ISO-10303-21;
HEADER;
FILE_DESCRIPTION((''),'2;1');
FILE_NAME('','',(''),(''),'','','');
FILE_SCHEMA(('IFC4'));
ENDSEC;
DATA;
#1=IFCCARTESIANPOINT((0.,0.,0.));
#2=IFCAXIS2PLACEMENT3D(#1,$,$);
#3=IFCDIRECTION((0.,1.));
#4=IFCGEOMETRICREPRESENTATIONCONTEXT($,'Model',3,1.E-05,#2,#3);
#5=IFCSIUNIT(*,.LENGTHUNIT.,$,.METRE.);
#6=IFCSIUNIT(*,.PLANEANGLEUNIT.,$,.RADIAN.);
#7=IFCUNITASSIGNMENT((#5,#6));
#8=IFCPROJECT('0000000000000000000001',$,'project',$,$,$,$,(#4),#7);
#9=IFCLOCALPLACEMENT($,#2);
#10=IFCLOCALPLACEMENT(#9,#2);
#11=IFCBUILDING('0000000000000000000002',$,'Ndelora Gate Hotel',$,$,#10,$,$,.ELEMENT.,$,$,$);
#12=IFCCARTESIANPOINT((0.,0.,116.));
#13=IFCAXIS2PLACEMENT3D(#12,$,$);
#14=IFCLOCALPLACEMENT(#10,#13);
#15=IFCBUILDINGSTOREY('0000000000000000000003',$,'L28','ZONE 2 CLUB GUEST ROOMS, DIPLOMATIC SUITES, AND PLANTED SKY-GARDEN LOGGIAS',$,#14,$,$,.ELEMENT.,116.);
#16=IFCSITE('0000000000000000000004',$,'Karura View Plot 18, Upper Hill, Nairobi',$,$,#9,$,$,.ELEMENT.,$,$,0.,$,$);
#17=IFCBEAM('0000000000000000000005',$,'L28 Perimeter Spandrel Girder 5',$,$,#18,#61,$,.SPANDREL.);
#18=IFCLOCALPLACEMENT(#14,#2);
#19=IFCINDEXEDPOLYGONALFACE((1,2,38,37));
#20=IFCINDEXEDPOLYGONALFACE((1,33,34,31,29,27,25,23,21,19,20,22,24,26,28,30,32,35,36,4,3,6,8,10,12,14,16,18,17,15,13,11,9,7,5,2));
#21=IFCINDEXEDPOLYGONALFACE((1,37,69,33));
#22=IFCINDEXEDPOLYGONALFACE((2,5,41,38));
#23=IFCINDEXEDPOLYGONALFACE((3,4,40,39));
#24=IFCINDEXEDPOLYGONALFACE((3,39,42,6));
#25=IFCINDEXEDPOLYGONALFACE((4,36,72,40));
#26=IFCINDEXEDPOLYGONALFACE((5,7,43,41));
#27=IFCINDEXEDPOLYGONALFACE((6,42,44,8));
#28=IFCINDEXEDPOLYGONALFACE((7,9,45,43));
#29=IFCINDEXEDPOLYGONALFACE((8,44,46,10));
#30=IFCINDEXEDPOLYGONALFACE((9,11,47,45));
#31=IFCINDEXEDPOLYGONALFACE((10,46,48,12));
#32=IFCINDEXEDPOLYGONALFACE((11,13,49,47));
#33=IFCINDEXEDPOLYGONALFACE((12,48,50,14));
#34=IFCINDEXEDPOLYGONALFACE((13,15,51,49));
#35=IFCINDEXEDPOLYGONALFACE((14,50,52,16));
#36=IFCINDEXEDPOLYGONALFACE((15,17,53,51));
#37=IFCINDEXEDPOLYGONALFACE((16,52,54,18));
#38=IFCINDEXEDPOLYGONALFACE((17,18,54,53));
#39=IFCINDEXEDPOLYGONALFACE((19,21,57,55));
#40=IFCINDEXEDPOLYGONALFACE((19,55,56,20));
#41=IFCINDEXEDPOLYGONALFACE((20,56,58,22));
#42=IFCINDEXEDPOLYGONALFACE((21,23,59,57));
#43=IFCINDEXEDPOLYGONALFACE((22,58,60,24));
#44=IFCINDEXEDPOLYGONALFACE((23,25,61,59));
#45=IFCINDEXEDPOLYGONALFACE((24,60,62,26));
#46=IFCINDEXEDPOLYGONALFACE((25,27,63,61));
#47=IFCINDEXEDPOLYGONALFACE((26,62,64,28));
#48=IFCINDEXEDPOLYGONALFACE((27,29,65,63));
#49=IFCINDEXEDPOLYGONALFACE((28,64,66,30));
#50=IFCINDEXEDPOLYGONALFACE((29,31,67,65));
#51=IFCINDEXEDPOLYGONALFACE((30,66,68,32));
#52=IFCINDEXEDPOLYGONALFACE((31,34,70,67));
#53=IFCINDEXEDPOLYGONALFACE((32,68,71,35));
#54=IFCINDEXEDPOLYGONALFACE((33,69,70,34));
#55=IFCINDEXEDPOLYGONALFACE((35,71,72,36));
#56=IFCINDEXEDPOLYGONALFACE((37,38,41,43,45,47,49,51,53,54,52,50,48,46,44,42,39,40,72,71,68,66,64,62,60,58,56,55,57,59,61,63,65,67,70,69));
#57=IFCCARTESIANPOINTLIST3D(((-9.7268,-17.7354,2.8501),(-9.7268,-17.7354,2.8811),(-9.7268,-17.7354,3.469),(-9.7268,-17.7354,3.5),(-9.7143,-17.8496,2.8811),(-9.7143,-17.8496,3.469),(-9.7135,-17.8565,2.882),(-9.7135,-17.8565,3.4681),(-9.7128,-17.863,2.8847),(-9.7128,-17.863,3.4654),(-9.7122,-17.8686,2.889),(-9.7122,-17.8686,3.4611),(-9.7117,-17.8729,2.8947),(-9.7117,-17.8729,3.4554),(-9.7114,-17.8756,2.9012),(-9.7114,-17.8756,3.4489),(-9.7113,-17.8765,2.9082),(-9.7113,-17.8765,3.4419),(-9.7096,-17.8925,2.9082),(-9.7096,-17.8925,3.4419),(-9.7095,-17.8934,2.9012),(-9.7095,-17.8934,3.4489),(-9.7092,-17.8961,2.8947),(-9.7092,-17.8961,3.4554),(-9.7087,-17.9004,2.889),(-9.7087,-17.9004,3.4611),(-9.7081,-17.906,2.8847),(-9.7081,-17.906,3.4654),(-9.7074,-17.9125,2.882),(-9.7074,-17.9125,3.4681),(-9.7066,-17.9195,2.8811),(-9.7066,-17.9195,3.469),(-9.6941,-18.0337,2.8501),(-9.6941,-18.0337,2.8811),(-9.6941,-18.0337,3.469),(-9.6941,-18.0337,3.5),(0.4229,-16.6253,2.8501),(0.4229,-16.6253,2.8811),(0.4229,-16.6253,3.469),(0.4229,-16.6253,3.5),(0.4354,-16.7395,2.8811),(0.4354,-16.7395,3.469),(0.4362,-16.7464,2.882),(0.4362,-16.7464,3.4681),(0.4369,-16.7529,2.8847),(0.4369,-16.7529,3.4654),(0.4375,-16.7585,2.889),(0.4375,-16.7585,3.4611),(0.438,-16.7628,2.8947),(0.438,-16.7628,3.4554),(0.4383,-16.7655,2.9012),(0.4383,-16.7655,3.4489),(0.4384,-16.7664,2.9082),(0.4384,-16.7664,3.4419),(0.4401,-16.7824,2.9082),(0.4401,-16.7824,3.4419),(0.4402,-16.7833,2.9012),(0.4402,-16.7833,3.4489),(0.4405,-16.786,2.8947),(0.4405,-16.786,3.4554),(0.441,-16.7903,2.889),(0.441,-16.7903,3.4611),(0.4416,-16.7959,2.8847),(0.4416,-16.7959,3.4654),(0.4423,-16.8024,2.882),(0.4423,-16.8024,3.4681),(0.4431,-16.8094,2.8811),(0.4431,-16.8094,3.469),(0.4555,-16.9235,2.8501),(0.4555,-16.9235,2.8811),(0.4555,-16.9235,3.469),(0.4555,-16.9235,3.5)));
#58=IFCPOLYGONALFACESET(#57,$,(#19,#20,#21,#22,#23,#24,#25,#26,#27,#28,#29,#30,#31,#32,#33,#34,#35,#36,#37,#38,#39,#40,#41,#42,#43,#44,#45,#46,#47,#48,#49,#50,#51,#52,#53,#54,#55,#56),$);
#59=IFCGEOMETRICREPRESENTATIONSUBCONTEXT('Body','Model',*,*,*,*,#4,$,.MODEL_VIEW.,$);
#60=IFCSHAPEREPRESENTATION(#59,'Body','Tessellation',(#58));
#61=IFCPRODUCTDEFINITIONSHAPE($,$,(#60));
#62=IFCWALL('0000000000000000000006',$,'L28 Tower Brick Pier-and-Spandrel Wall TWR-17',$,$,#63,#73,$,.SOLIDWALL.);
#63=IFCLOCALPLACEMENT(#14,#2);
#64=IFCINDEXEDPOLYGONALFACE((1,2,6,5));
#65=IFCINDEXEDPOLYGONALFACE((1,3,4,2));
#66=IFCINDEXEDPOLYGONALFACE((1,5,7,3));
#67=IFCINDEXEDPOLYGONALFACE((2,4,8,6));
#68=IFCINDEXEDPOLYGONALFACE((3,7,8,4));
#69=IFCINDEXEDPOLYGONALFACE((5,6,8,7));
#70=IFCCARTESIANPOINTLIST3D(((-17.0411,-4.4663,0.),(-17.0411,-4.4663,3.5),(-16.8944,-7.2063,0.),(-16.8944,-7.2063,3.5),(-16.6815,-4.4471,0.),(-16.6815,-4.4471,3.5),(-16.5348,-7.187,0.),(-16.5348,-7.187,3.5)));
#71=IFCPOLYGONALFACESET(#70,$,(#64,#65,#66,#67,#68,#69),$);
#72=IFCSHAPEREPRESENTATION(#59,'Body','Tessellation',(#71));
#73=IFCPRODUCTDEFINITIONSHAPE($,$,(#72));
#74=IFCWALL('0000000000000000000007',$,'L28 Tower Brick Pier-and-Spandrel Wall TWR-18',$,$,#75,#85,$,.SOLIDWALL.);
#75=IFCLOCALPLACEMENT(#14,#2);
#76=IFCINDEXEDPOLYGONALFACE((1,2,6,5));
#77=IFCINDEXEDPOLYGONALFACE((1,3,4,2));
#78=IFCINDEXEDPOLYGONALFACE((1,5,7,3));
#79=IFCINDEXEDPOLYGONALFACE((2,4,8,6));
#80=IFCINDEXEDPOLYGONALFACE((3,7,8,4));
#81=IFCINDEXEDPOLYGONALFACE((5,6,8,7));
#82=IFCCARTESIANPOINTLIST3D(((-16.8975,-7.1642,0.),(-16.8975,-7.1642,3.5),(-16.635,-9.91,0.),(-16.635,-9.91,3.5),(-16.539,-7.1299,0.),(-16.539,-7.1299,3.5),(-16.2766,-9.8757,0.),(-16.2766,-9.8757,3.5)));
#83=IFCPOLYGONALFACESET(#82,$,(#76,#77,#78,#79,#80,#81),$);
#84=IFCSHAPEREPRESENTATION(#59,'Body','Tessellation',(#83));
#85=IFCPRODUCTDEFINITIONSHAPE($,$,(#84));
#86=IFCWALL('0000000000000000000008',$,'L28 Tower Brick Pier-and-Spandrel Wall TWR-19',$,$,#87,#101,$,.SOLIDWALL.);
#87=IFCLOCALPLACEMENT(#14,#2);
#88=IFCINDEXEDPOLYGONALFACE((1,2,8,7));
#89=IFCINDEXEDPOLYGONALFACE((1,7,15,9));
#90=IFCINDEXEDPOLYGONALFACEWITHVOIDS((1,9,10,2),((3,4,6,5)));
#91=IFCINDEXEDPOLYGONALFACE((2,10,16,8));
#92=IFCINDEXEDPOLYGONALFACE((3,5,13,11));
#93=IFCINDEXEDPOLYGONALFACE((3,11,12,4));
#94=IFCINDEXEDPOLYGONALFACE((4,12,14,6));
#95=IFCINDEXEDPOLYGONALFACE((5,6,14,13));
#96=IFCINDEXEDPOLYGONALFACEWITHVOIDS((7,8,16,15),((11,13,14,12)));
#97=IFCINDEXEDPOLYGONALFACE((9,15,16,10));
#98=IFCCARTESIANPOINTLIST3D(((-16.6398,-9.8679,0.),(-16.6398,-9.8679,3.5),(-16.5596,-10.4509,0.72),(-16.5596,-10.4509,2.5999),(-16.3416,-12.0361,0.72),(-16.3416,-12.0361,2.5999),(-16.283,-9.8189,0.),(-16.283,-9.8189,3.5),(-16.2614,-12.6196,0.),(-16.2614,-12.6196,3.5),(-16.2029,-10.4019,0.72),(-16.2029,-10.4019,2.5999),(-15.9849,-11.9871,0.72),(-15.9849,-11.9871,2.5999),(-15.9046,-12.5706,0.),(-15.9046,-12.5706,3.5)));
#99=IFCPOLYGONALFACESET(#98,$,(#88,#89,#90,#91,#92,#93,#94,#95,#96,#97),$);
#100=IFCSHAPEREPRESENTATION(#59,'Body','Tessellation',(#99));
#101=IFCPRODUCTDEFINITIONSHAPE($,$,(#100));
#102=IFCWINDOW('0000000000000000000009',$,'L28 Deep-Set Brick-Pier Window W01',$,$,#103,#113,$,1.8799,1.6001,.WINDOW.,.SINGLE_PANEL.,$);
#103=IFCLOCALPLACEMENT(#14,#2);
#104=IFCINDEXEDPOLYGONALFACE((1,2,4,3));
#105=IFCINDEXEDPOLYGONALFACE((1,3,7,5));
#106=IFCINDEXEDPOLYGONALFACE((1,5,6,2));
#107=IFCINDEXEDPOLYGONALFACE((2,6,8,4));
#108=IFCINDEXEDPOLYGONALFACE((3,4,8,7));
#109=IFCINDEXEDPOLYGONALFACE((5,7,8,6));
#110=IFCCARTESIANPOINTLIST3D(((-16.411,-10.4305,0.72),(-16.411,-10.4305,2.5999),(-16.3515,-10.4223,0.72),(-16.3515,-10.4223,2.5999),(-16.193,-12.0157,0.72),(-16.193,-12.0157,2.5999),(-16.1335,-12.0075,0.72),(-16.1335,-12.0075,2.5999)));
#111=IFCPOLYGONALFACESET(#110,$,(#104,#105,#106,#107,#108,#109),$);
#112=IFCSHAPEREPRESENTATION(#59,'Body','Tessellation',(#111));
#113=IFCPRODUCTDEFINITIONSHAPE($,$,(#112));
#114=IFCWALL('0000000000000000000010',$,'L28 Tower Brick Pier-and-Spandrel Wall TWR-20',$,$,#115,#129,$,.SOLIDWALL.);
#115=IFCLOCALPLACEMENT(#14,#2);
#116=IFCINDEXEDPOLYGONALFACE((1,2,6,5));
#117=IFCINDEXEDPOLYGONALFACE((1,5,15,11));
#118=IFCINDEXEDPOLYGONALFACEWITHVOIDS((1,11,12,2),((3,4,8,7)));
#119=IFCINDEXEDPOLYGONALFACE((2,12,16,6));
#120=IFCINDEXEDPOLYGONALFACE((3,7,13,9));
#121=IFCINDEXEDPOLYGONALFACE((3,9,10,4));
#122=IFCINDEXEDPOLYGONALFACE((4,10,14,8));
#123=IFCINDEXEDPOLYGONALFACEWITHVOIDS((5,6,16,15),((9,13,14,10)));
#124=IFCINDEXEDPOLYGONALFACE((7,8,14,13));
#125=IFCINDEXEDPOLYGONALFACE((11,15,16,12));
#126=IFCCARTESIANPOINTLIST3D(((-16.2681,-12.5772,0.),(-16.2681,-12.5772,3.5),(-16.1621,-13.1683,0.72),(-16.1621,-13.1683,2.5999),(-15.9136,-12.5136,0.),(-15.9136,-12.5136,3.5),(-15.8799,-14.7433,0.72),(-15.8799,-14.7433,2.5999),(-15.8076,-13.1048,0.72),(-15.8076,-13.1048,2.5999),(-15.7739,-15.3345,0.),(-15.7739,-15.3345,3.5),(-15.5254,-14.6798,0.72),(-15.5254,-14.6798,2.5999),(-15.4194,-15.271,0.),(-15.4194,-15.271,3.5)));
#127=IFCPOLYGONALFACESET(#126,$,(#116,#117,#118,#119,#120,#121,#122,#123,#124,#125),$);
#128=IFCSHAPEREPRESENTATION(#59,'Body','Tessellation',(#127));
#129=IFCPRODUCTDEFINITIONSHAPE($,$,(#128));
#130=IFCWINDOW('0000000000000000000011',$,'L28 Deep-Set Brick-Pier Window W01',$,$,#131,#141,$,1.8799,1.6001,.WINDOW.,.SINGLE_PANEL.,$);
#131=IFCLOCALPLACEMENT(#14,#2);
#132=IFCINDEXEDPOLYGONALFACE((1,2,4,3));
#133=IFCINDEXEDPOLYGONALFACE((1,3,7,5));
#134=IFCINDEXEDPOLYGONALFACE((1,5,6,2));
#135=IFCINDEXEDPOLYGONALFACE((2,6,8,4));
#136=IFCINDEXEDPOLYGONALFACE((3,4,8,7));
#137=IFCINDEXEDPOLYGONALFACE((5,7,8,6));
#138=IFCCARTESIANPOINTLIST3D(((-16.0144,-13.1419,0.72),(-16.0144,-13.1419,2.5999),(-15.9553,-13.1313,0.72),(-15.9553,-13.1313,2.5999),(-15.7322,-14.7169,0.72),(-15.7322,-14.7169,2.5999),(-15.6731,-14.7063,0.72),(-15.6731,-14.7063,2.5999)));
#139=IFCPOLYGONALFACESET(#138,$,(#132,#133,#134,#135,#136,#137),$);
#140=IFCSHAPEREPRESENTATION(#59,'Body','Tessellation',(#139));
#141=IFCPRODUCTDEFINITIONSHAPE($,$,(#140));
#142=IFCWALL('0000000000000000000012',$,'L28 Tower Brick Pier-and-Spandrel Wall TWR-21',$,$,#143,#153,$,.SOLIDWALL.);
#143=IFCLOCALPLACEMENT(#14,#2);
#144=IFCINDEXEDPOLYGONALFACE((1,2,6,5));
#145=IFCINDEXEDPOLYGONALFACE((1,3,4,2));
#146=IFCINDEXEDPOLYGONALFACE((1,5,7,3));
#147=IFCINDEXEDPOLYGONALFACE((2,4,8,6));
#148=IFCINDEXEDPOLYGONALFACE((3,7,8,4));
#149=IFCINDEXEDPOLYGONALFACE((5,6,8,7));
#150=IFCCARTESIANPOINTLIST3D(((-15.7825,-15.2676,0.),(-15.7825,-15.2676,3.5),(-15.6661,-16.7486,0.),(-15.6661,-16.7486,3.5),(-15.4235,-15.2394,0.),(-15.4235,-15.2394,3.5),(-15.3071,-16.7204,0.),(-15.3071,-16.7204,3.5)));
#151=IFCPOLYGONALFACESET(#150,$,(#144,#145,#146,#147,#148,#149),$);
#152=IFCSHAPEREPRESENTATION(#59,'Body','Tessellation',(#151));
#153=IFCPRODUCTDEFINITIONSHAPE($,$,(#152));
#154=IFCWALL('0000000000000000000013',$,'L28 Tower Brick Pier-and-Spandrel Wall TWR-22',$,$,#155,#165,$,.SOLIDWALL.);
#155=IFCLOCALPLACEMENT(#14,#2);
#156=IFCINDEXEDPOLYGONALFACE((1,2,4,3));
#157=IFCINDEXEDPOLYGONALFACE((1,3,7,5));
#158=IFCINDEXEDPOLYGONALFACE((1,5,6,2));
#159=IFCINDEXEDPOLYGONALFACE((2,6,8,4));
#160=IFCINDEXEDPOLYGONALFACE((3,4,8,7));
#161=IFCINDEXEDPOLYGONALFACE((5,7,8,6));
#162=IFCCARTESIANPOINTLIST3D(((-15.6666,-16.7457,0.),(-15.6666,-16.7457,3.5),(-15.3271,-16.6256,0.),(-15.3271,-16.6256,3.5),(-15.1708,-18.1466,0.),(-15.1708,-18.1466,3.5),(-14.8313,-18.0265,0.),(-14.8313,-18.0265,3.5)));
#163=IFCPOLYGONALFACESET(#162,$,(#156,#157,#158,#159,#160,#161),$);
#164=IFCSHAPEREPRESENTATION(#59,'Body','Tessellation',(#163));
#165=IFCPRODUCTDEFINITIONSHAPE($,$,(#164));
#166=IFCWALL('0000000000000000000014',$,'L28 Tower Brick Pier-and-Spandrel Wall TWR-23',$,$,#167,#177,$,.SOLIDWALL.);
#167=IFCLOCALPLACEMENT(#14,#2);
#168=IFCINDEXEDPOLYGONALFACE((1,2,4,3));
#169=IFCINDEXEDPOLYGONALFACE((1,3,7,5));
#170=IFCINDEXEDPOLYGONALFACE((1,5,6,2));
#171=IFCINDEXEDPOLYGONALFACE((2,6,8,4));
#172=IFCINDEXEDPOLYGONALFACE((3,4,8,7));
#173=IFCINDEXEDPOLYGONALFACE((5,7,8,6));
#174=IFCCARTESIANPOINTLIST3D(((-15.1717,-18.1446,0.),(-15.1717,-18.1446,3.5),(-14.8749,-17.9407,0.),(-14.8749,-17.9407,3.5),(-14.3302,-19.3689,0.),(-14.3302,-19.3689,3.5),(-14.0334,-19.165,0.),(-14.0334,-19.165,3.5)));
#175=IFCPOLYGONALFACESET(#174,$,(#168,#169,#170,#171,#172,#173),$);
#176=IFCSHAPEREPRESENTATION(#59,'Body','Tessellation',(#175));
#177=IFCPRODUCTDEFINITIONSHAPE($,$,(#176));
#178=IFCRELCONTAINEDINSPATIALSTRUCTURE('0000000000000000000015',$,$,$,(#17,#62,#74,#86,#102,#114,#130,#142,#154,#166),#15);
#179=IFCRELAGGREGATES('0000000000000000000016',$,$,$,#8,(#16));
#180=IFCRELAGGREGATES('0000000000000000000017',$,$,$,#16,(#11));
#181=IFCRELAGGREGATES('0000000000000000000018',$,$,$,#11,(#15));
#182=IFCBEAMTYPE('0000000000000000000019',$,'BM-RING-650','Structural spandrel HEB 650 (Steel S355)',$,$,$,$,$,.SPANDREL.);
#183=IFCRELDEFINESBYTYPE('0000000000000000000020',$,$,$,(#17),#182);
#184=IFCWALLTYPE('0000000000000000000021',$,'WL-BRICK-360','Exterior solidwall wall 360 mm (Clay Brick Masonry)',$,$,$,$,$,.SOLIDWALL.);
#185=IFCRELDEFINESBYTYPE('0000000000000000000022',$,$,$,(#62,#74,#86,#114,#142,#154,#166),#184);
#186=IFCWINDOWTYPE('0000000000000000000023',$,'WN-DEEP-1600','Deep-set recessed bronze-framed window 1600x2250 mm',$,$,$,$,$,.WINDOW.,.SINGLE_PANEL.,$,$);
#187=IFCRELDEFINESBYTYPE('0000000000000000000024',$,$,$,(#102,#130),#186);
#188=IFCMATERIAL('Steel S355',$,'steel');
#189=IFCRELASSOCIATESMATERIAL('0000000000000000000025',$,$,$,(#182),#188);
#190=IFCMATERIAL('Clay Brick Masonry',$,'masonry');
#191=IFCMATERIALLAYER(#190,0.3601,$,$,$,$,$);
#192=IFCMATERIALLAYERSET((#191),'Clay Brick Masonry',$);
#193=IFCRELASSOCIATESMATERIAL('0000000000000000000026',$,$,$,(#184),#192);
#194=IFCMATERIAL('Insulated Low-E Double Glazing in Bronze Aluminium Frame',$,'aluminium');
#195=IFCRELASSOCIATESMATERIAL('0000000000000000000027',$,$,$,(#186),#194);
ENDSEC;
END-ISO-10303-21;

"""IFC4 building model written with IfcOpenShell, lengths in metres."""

from ifc_helpers import new_model, si_unit, direction, frame, frame_2d, origin, origin_2d, place, context, subcontext, project, spatial, rectangle, i_section, extrude, material, layer, layer_set, material_profile, profile_set, type_object, element, fill, save


model = new_model("IFC4")

# Units and contexts
model_context = context("Model", 3, precision=1e-05, world=origin(), true_north=direction((0.0, 1.0)))
body_context = subcontext(model_context, "Body", "Model", "MODEL_VIEW")
ifc_project = project(units=[si_unit("LENGTHUNIT", "METRE"), si_unit("PLANEANGLEUNIT", "RADIAN")], contexts=[model_context])

# Site, building, storey
site_placement = place(None, origin())
site = spatial("IfcSite", under=ifc_project, at=site_placement, Name="Karura View Plot 18, Upper Hill, Nairobi", CompositionType="ELEMENT", RefElevation=0.0)
building_placement = place(site_placement, origin())
building = spatial("IfcBuilding", under=site, at=building_placement, Name="Ndelora Gate Hotel", CompositionType="ELEMENT")
storey_placement = place(building_placement, frame((0.0, 0.0, 116.0)))
storey = spatial("IfcBuildingStorey", under=building, at=storey_placement, Name="L28", Description="ZONE 2 CLUB GUEST ROOMS, DIPLOMATIC SUITES, AND PLANTED SKY-GARDEN LOGGIAS", CompositionType="ELEMENT", Elevation=116.0)

# Beam
ifc_material_1 = material(Name="Steel S355", Category="steel")
ifc_material_profile_1 = material_profile(ifc_material_1, i_section(OverallWidth=0.3, OverallDepth=0.6499, WebThickness=0.0161, FlangeThickness=0.031, FilletRadius=0.0271, at=origin_2d()), Name="HEB 650")
ifc_profile_set_1 = profile_set([ifc_material_profile_1], Name="Steel S355")
beam_type_1 = type_object("IfcBeamType", Name="BM-RING-650", Description="Structural spandrel HEB 650 (Steel S355)", PredefinedType="SPANDREL", material=ifc_profile_set_1)
for number, where, z_axis, x_axis, name in (
    (1, (-9.7104, -17.8845, 3.175), (0.994072, 0.108725, 0.0), (-0.108725, 0.994072, 0.0), "L28 Perimeter Spandrel Girder 5"),
):
    element("IfcBeam", number, at=place(storey_placement, frame(where, z_axis=z_axis, x_axis=x_axis)), inside=storey, type_object=beam_type_1, Name=name, PredefinedType="SPANDREL", context=body_context, shape_type="SweptSolid", body=[
        extrude(i_section(OverallWidth=0.3, OverallDepth=0.6499, WebThickness=0.0161, FlangeThickness=0.031, FilletRadius=0.0271, at=origin_2d()), origin(), (0.0, 0.0, 1.0), 10.2102),
    ])

# Walls
ifc_material_2 = material(Name="Clay Brick Masonry", Category="masonry")
ifc_layer_1 = layer(ifc_material_2, 0.3601)
ifc_layer_set_1 = layer_set([ifc_layer_1], Name="Clay Brick Masonry")
wall_type = type_object("IfcWallType", Name="WL-BRICK-360", Description="Exterior solidwall wall 360 mm (Clay Brick Masonry)", PredefinedType="SOLIDWALL", material=ifc_layer_set_1)
wall_1_placement = place(storey_placement, frame((-16.7146, -7.1968, 0.0), z_axis=(0.0, 0.0, 1.0), x_axis=(-0.053474, 0.998569, 0.0)))
element("IfcWall", 2, at=wall_1_placement, inside=storey, type_object=wall_type, Name="L28 Tower Brick Pier-and-Spandrel Wall TWR-17", PredefinedType="SOLIDWALL", context=body_context, shape_type="SweptSolid", body=[
    extrude(rectangle(XDim=2.7439, YDim=0.3601, at=frame_2d((1.3721, 0.0))), origin(), (0.0, 0.0, 1.0), 3.5),
])
wall_2_placement = place(storey_placement, frame((-16.4558, -9.8928, 0.0), z_axis=(0.0, 0.0, 1.0), x_axis=(-0.095147, 0.995463, 0.0)))
element("IfcWall", 3, at=wall_2_placement, inside=storey, type_object=wall_type, Name="L28 Tower Brick Pier-and-Spandrel Wall TWR-18", PredefinedType="SOLIDWALL", context=body_context, shape_type="SweptSolid", body=[
    extrude(rectangle(XDim=2.7583, YDim=0.3601, at=frame_2d((1.3792, 0.0))), origin(), (0.0, 0.0, 1.0), 3.5),
])

# Walls, openings, windows
wall_3_placement = place(storey_placement, frame((-16.083, -12.595, 0.0), z_axis=(0.0, 0.0, 1.0), x_axis=(-0.136239, 0.990676, 0.0)))
wall_3 = element("IfcWall", 4, at=wall_3_placement, inside=storey, type_object=wall_type, Name="L28 Tower Brick Pier-and-Spandrel Wall TWR-19", PredefinedType="SOLIDWALL", context=body_context, shape_type="SweptSolid", body=[
    extrude(rectangle(XDim=2.7776, YDim=0.3601, at=frame_2d((1.3887, 0.0))), origin(), (0.0, 0.0, 1.0), 3.5),
])
opening_1_placement = place(wall_3_placement, frame((0.5889, 0.0, 0.72)))
opening_1 = element("IfcOpeningElement", 5, at=opening_1_placement, cuts=wall_3, PredefinedType="OPENING", context=body_context, shape_type="SweptSolid", body=[
    extrude(rectangle(XDim=1.6001, YDim=1.8799, at=frame_2d((0.8, 0.9399))), frame((0.0, 0.1899, 0.0), z_axis=(0.0, -1.0, 0.0), x_axis=(1.0, 0.0, 0.0)), (0.0, 0.0, 1.0), 0.3801),
])
ifc_material_3 = material(Name="Insulated Low-E Double Glazing in Bronze Aluminium Frame", Category="aluminium")
window_type = type_object("IfcWindowType", Name="WN-DEEP-1600", Description="Deep-set recessed bronze-framed window 1600x2250 mm", PartitioningType="SINGLE_PANEL", PredefinedType="WINDOW", material=ifc_material_3)
window_1_placement = place(opening_1_placement, origin())
window_1 = element("IfcWindow", 6, at=window_1_placement, inside=storey, type_object=window_type, Name="L28 Deep-Set Brick-Pier Window W01", OverallHeight=1.8799, OverallWidth=1.6001, PartitioningType="SINGLE_PANEL", PredefinedType="WINDOW", context=body_context, shape_type="SweptSolid", body=[
    extrude(rectangle(XDim=1.6001, YDim=1.8799, at=frame_2d((0.8, 0.9399))), frame((0.0, 0.03, 0.0), z_axis=(0.0, -1.0, 0.0), x_axis=(1.0, 0.0, 0.0)), (0.0, 0.0, 1.0), 0.0601),
])
fill(opening_1, window_1)
wall_4_placement = place(storey_placement, frame((-15.5967, -15.3027, 0.0), z_axis=(0.0, 0.0, 1.0), x_axis=(-0.1764, 0.984319, 0.0)))
wall_4 = element("IfcWall", 7, at=wall_4_placement, inside=storey, type_object=wall_type, Name="L28 Tower Brick Pier-and-Spandrel Wall TWR-20", PredefinedType="SOLIDWALL", context=body_context, shape_type="SweptSolid", body=[
    extrude(rectangle(XDim=2.8013, YDim=0.3601, at=frame_2d((1.4006, 0.0))), origin(), (0.0, 0.0, 1.0), 3.5),
])
opening_2_placement = place(wall_4_placement, frame((0.6006, 0.0, 0.72)))
opening_2 = element("IfcOpeningElement", 8, at=opening_2_placement, cuts=wall_4, PredefinedType="OPENING", context=body_context, shape_type="SweptSolid", body=[
    extrude(rectangle(XDim=1.6001, YDim=1.8799, at=frame_2d((0.8, 0.9399))), frame((0.0, 0.1899, 0.0), z_axis=(0.0, -1.0, 0.0), x_axis=(1.0, 0.0, 0.0)), (0.0, 0.0, 1.0), 0.3801),
])
window_2_placement = place(opening_2_placement, origin())
window_2 = element("IfcWindow", 9, at=window_2_placement, inside=storey, type_object=window_type, Name="L28 Deep-Set Brick-Pier Window W01", OverallHeight=1.8799, OverallWidth=1.6001, PartitioningType="SINGLE_PANEL", PredefinedType="WINDOW", context=body_context, shape_type="SweptSolid", body=[
    extrude(rectangle(XDim=1.6001, YDim=1.8799, at=frame_2d((0.8, 0.9399))), frame((0.0, 0.03, 0.0), z_axis=(0.0, -1.0, 0.0), x_axis=(1.0, 0.0, 0.0)), (0.0, 0.0, 1.0), 0.0601),
])
fill(opening_2, window_2)

# Walls
wall_5_placement = place(storey_placement, frame((-15.4866, -16.7344, 0.0), z_axis=(0.0, 0.0, 1.0), x_axis=(-0.078393, 0.996923, 0.0)))
element("IfcWall", 10, at=wall_5_placement, inside=storey, type_object=wall_type, Name="L28 Tower Brick Pier-and-Spandrel Wall TWR-21", PredefinedType="SOLIDWALL", context=body_context, shape_type="SweptSolid", body=[
    extrude(rectangle(XDim=1.4856, YDim=0.3601, at=frame_2d((0.7427, 0.0))), origin(), (0.0, 0.0, 1.0), 3.5),
])
wall_6_placement = place(storey_placement, frame((-15.001, -18.0867, 0.0), z_axis=(0.0, 0.0, 1.0), x_axis=(-0.333671, 0.94269, 0.0)))
element("IfcWall", 11, at=wall_6_placement, inside=storey, type_object=wall_type, Name="L28 Tower Brick Pier-and-Spandrel Wall TWR-22", PredefinedType="SOLIDWALL", context=body_context, shape_type="SweptSolid", body=[
    extrude(rectangle(XDim=1.4861, YDim=0.3601, at=frame_2d((0.7432, 0.0))), origin(), (0.0, 0.0, 1.0), 3.5),
])
wall_7_placement = place(storey_placement, frame((-14.1819, -19.2668, 0.0), z_axis=(0.0, 0.0, 1.0), x_axis=(-0.566438, 0.824104, 0.0)))
element("IfcWall", 12, at=wall_7_placement, inside=storey, type_object=wall_type, Name="L28 Tower Brick Pier-and-Spandrel Wall TWR-23", PredefinedType="SOLIDWALL", context=body_context, shape_type="SweptSolid", body=[
    extrude(rectangle(XDim=1.4856, YDim=0.3601, at=frame_2d((0.7427, 0.0))), origin(), (0.0, 0.0, 1.0), 3.5),
])

save(model, "model.ifc")
